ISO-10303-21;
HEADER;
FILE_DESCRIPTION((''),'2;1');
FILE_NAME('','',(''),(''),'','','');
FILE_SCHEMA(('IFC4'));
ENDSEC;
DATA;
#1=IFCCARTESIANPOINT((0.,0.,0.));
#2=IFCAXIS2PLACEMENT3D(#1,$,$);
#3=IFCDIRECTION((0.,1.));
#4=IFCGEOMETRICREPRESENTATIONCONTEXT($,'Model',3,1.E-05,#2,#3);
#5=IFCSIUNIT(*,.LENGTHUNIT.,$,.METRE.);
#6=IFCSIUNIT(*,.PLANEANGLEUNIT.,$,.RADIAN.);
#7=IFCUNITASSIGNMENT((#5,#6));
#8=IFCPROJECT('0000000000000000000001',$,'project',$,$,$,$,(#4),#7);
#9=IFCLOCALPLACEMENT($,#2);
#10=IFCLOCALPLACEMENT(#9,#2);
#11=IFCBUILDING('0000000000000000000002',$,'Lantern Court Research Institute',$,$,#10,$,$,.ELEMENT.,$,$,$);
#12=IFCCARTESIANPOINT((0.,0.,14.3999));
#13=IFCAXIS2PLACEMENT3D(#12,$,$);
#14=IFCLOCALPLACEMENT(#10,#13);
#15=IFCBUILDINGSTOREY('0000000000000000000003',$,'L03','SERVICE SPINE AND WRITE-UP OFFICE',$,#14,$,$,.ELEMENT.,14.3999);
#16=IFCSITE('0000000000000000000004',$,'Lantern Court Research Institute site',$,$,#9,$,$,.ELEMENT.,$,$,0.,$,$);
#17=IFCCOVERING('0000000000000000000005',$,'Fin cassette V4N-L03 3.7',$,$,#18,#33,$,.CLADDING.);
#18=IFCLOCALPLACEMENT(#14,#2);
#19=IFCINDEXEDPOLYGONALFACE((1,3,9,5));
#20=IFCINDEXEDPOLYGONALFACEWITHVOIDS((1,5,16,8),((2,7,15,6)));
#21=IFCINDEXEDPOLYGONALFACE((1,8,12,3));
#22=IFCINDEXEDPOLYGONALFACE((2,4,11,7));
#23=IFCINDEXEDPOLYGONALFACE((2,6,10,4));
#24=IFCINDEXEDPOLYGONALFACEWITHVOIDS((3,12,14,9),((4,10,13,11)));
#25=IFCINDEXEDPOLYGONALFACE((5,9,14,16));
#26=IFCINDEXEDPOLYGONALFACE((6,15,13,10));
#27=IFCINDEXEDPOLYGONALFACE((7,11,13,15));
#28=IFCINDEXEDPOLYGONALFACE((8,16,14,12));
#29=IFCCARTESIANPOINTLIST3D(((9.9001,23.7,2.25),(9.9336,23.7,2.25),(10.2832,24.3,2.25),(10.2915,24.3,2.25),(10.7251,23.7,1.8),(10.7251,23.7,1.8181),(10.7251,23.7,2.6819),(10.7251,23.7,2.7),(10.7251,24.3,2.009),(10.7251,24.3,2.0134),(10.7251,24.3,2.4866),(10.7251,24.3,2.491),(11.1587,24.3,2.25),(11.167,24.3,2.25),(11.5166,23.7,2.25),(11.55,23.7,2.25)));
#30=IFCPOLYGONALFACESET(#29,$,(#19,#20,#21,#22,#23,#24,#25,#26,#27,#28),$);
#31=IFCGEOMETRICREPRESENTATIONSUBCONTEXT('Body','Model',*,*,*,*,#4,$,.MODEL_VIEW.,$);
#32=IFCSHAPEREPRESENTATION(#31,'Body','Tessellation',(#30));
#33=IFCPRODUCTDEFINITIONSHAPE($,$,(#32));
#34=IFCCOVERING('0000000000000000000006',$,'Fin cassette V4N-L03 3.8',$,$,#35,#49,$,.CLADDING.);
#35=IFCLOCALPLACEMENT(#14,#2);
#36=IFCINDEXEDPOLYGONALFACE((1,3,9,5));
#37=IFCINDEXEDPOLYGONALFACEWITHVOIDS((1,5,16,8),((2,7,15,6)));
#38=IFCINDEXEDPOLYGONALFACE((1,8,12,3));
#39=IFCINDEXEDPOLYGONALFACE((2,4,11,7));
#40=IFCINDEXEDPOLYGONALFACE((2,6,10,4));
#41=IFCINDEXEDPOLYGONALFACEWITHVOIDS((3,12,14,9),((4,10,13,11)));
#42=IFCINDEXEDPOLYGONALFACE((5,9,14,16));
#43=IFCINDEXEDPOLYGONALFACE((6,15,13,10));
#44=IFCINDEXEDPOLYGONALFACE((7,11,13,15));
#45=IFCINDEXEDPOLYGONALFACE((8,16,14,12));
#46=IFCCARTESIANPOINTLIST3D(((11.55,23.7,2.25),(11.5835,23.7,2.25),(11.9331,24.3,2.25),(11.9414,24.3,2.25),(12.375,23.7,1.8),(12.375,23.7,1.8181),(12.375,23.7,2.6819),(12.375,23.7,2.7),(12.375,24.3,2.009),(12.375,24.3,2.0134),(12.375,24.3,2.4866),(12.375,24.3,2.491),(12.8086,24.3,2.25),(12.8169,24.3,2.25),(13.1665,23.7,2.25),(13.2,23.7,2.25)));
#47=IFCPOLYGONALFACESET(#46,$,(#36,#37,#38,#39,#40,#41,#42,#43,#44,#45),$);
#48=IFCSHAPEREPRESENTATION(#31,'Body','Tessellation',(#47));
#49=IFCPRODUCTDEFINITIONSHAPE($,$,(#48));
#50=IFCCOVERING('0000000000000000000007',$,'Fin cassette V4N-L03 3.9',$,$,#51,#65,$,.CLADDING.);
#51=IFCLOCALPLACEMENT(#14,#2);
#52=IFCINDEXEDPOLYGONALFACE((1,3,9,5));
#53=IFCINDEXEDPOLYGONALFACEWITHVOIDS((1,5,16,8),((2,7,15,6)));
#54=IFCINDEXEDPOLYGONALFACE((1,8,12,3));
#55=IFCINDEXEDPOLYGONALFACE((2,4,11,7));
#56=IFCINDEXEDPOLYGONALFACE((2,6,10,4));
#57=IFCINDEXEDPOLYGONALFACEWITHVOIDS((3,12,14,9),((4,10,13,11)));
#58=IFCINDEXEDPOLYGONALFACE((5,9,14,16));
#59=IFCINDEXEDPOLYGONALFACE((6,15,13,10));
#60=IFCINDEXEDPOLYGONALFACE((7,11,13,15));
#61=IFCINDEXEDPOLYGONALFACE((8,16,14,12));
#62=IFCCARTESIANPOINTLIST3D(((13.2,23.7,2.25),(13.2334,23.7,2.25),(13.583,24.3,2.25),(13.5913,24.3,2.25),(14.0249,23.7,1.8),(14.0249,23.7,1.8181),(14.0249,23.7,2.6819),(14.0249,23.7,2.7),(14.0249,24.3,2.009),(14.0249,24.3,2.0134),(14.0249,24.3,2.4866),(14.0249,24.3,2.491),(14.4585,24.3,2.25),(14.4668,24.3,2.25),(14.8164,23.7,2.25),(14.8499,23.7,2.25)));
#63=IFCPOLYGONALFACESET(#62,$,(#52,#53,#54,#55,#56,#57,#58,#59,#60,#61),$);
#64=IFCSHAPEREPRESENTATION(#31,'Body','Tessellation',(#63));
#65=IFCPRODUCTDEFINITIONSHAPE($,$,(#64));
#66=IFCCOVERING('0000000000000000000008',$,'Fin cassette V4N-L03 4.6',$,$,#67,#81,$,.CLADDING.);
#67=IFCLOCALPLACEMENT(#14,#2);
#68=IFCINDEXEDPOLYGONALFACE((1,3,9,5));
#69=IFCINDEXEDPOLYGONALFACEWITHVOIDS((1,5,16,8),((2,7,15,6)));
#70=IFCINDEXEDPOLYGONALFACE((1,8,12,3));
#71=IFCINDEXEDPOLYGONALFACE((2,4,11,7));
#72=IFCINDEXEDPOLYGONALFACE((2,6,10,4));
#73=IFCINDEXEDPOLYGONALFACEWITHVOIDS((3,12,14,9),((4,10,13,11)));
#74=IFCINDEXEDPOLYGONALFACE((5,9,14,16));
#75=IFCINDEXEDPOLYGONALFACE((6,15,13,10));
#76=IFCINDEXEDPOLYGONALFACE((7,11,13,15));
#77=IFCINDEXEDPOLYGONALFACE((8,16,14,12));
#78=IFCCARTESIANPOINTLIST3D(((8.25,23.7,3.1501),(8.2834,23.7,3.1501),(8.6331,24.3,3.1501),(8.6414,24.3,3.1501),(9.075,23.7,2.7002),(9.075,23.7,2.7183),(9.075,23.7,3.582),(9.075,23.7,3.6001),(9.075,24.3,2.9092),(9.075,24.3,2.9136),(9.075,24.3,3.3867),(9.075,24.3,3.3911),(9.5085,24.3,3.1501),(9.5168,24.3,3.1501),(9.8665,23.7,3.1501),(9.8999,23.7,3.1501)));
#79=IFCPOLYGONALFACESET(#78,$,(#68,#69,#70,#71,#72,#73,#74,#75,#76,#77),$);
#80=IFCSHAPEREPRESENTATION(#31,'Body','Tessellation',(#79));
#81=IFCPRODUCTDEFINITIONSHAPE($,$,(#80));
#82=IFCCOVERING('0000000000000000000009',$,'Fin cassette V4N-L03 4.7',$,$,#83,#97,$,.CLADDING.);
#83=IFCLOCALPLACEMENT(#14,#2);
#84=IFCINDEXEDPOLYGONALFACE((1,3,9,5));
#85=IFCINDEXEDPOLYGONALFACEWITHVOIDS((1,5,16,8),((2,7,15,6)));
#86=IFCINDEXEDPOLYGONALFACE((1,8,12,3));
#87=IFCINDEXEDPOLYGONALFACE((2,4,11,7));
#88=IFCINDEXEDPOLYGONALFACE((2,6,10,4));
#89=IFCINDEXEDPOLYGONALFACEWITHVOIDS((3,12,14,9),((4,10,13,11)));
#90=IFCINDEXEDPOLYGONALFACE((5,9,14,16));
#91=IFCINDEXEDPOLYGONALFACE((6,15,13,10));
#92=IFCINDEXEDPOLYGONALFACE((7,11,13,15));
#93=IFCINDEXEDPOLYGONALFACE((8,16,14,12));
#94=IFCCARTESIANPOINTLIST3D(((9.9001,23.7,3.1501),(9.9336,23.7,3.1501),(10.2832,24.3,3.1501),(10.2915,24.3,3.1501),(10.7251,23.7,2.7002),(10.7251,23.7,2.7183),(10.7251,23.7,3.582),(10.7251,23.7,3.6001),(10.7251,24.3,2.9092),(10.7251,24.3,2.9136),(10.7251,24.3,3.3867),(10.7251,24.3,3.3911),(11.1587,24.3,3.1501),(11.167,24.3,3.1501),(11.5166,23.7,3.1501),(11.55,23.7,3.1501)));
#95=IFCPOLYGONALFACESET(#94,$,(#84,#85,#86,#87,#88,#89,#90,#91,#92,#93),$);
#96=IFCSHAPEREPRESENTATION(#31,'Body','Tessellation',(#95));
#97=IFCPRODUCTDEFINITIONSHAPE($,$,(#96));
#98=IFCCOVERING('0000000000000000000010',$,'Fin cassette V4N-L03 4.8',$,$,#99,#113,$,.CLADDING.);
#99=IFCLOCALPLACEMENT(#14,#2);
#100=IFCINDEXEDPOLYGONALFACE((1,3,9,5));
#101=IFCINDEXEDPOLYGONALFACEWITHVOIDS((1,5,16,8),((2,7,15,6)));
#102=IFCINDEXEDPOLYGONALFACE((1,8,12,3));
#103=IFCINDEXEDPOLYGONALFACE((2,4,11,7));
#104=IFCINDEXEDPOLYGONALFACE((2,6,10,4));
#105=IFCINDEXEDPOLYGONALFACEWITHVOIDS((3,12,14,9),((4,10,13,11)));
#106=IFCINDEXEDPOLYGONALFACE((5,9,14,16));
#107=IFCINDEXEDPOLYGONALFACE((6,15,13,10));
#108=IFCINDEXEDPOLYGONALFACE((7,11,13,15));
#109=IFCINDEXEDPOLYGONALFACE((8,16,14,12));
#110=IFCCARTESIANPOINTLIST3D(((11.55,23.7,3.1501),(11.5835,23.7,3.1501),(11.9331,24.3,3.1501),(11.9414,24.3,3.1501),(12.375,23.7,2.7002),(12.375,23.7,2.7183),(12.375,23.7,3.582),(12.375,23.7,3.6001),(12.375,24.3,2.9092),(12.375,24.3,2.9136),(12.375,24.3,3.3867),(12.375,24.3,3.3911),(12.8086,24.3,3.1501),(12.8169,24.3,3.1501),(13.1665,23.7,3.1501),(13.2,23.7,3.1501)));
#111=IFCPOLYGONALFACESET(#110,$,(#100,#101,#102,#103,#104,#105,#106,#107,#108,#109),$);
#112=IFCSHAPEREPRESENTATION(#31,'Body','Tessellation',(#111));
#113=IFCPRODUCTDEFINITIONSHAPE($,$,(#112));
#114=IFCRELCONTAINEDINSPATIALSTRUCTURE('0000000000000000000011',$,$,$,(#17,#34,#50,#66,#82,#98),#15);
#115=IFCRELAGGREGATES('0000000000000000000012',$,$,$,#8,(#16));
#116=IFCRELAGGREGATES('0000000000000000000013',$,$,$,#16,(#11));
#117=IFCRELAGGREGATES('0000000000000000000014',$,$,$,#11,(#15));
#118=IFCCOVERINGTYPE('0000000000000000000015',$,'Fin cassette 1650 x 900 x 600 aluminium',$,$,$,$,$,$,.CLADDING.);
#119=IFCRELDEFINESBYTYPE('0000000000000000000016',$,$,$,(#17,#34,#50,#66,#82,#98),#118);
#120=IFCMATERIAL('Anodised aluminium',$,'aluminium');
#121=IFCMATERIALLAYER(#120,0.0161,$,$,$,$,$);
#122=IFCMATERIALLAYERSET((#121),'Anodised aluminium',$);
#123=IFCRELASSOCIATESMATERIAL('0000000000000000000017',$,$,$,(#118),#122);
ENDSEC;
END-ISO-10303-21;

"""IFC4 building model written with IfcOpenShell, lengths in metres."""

from ifc_helpers import new_model, entity, si_unit, direction, frame, origin, place, context, subcontext, project, spatial, material, layer, layer_set, type_object, element, save


model = new_model("IFC4")

# Units and contexts
model_context = context("Model", 3, precision=1e-05, world=origin(), true_north=direction((0.0, 1.0)))
body_context = subcontext(model_context, "Body", "Model", "MODEL_VIEW")
ifc_project = project(units=[si_unit("LENGTHUNIT", "METRE"), si_unit("PLANEANGLEUNIT", "RADIAN")], contexts=[model_context])

# Site, building, storey
site_placement = place(None, origin())
site = spatial("IfcSite", under=ifc_project, at=site_placement, Name="Lantern Court Research Institute site", CompositionType="ELEMENT", RefElevation=0.0)
building_placement = place(site_placement, origin())
building = spatial("IfcBuilding", under=site, at=building_placement, Name="Lantern Court Research Institute", CompositionType="ELEMENT")
storey_placement = place(building_placement, frame((0.0, 0.0, 14.3999)))
storey = spatial("IfcBuildingStorey", under=building, at=storey_placement, Name="L03", Description="SERVICE SPINE AND WRITE-UP OFFICE", CompositionType="ELEMENT", Elevation=14.3999)

# Coverings
ifc_material_1 = material(Name="Anodised aluminium", Category="aluminium")
ifc_layer_1 = layer(ifc_material_1, 0.0161)
ifc_layer_set_1 = layer_set([ifc_layer_1], Name="Anodised aluminium")
covering_type = type_object("IfcCoveringType", Name="Fin cassette 1650 x 900 x 600 aluminium", PredefinedType="CLADDING", material=ifc_layer_set_1)
covering_1_placement = place(storey_placement, frame((10.7251, 23.7, 2.25), z_axis=(0.0, 1.0, 0.0), x_axis=(-1.0, 0.0, 0.0)))
cartesian_point_1 = entity("IfcCartesianPoint", [0.825, 0.0])
cartesian_point_2 = entity("IfcCartesianPoint", [0.7915, 0.0])
cartesian_point_3 = entity("IfcCartesianPoint", [0.4419, 0.0])
cartesian_point_4 = entity("IfcCartesianPoint", [0.4336, 0.0])
element("IfcCovering", 1, at=covering_1_placement, inside=storey, type_object=covering_type, Name="Fin cassette V4N-L03 3.7", PredefinedType="CLADDING", context=body_context, shape_type="SweptSolid", body=[
    entity("IfcExtrudedAreaSolidTapered", entity("IfcArbitraryProfileDefWithVoids", "AREA", None, entity("IfcPolyline", [cartesian_point_1, entity("IfcCartesianPoint", [0.0, 0.45]), entity("IfcCartesianPoint", [-0.825, 0.0]), entity("IfcCartesianPoint", [0.0, -0.45]), cartesian_point_1]), [entity("IfcPolyline", [cartesian_point_2, entity("IfcCartesianPoint", [0.0, 0.4319]), entity("IfcCartesianPoint", [-0.7915, 0.0]), entity("IfcCartesianPoint", [0.0, -0.4319]), cartesian_point_2])]), entity("IfcAxis2Placement3D", entity("IfcCartesianPoint", [0.0, 0.0, 0.0])), entity("IfcDirection", [0.0, 0.0, 1.0]), 0.6001, entity("IfcArbitraryProfileDefWithVoids", "AREA", None, entity("IfcPolyline", [cartesian_point_3, entity("IfcCartesianPoint", [0.0, 0.241]), entity("IfcCartesianPoint", [-0.4419, 0.0]), entity("IfcCartesianPoint", [0.0, -0.241]), cartesian_point_3]), [entity("IfcPolyline", [cartesian_point_4, entity("IfcCartesianPoint", [0.0, 0.2366]), entity("IfcCartesianPoint", [-0.4336, 0.0]), entity("IfcCartesianPoint", [0.0, -0.2366]), cartesian_point_4])])),
])
covering_2_placement = place(storey_placement, frame((12.375, 23.7, 2.25), z_axis=(0.0, 1.0, 0.0), x_axis=(-1.0, 0.0, 0.0)))
cartesian_point_5 = entity("IfcCartesianPoint", [0.825, 0.0])
cartesian_point_6 = entity("IfcCartesianPoint", [0.7915, 0.0])
cartesian_point_7 = entity("IfcCartesianPoint", [0.4419, 0.0])
cartesian_point_8 = entity("IfcCartesianPoint", [0.4336, 0.0])
element("IfcCovering", 2, at=covering_2_placement, inside=storey, type_object=covering_type, Name="Fin cassette V4N-L03 3.8", PredefinedType="CLADDING", context=body_context, shape_type="SweptSolid", body=[
    entity("IfcExtrudedAreaSolidTapered", entity("IfcArbitraryProfileDefWithVoids", "AREA", None, entity("IfcPolyline", [cartesian_point_5, entity("IfcCartesianPoint", [0.0, 0.45]), entity("IfcCartesianPoint", [-0.825, 0.0]), entity("IfcCartesianPoint", [0.0, -0.45]), cartesian_point_5]), [entity("IfcPolyline", [cartesian_point_6, entity("IfcCartesianPoint", [0.0, 0.4319]), entity("IfcCartesianPoint", [-0.7915, 0.0]), entity("IfcCartesianPoint", [0.0, -0.4319]), cartesian_point_6])]), entity("IfcAxis2Placement3D", entity("IfcCartesianPoint", [0.0, 0.0, 0.0])), entity("IfcDirection", [0.0, 0.0, 1.0]), 0.6001, entity("IfcArbitraryProfileDefWithVoids", "AREA", None, entity("IfcPolyline", [cartesian_point_7, entity("IfcCartesianPoint", [0.0, 0.241]), entity("IfcCartesianPoint", [-0.4419, 0.0]), entity("IfcCartesianPoint", [0.0, -0.241]), cartesian_point_7]), [entity("IfcPolyline", [cartesian_point_8, entity("IfcCartesianPoint", [0.0, 0.2366]), entity("IfcCartesianPoint", [-0.4336, 0.0]), entity("IfcCartesianPoint", [0.0, -0.2366]), cartesian_point_8])])),
])
covering_3_placement = place(storey_placement, frame((14.0249, 23.7, 2.25), z_axis=(0.0, 1.0, 0.0), x_axis=(-1.0, 0.0, 0.0)))
cartesian_point_9 = entity("IfcCartesianPoint", [0.825, 0.0])
cartesian_point_10 = entity("IfcCartesianPoint", [0.7915, 0.0])
cartesian_point_11 = entity("IfcCartesianPoint", [0.4419, 0.0])
cartesian_point_12 = entity("IfcCartesianPoint", [0.4336, 0.0])
element("IfcCovering", 3, at=covering_3_placement, inside=storey, type_object=covering_type, Name="Fin cassette V4N-L03 3.9", PredefinedType="CLADDING", context=body_context, shape_type="SweptSolid", body=[
    entity("IfcExtrudedAreaSolidTapered", entity("IfcArbitraryProfileDefWithVoids", "AREA", None, entity("IfcPolyline", [cartesian_point_9, entity("IfcCartesianPoint", [0.0, 0.45]), entity("IfcCartesianPoint", [-0.825, 0.0]), entity("IfcCartesianPoint", [0.0, -0.45]), cartesian_point_9]), [entity("IfcPolyline", [cartesian_point_10, entity("IfcCartesianPoint", [0.0, 0.4319]), entity("IfcCartesianPoint", [-0.7915, 0.0]), entity("IfcCartesianPoint", [0.0, -0.4319]), cartesian_point_10])]), entity("IfcAxis2Placement3D", entity("IfcCartesianPoint", [0.0, 0.0, 0.0])), entity("IfcDirection", [0.0, 0.0, 1.0]), 0.6001, entity("IfcArbitraryProfileDefWithVoids", "AREA", None, entity("IfcPolyline", [cartesian_point_11, entity("IfcCartesianPoint", [0.0, 0.241]), entity("IfcCartesianPoint", [-0.4419, 0.0]), entity("IfcCartesianPoint", [0.0, -0.241]), cartesian_point_11]), [entity("IfcPolyline", [cartesian_point_12, entity("IfcCartesianPoint", [0.0, 0.2366]), entity("IfcCartesianPoint", [-0.4336, 0.0]), entity("IfcCartesianPoint", [0.0, -0.2366]), cartesian_point_12])])),
])
covering_4_placement = place(storey_placement, frame((9.075, 23.7, 3.1501), z_axis=(0.0, 1.0, 0.0), x_axis=(-1.0, 0.0, 0.0)))
cartesian_point_13 = entity("IfcCartesianPoint", [0.825, 0.0])
cartesian_point_14 = entity("IfcCartesianPoint", [0.7915, 0.0])
cartesian_point_15 = entity("IfcCartesianPoint", [0.4419, 0.0])
cartesian_point_16 = entity("IfcCartesianPoint", [0.4336, 0.0])
element("IfcCovering", 4, at=covering_4_placement, inside=storey, type_object=covering_type, Name="Fin cassette V4N-L03 4.6", PredefinedType="CLADDING", context=body_context, shape_type="SweptSolid", body=[
    entity("IfcExtrudedAreaSolidTapered", entity("IfcArbitraryProfileDefWithVoids", "AREA", None, entity("IfcPolyline", [cartesian_point_13, entity("IfcCartesianPoint", [0.0, 0.45]), entity("IfcCartesianPoint", [-0.825, 0.0]), entity("IfcCartesianPoint", [0.0, -0.45]), cartesian_point_13]), [entity("IfcPolyline", [cartesian_point_14, entity("IfcCartesianPoint", [0.0, 0.4319]), entity("IfcCartesianPoint", [-0.7915, 0.0]), entity("IfcCartesianPoint", [0.0, -0.4319]), cartesian_point_14])]), entity("IfcAxis2Placement3D", entity("IfcCartesianPoint", [0.0, 0.0, 0.0])), entity("IfcDirection", [0.0, 0.0, 1.0]), 0.6001, entity("IfcArbitraryProfileDefWithVoids", "AREA", None, entity("IfcPolyline", [cartesian_point_15, entity("IfcCartesianPoint", [0.0, 0.241]), entity("IfcCartesianPoint", [-0.4419, 0.0]), entity("IfcCartesianPoint", [0.0, -0.241]), cartesian_point_15]), [entity("IfcPolyline", [cartesian_point_16, entity("IfcCartesianPoint", [0.0, 0.2366]), entity("IfcCartesianPoint", [-0.4336, 0.0]), entity("IfcCartesianPoint", [0.0, -0.2366]), cartesian_point_16])])),
])
covering_5_placement = place(storey_placement, frame((10.7251, 23.7, 3.1501), z_axis=(0.0, 1.0, 0.0), x_axis=(-1.0, 0.0, 0.0)))
cartesian_point_17 = entity("IfcCartesianPoint", [0.825, 0.0])
cartesian_point_18 = entity("IfcCartesianPoint", [0.7915, 0.0])
cartesian_point_19 = entity("IfcCartesianPoint", [0.4419, 0.0])
cartesian_point_20 = entity("IfcCartesianPoint", [0.4336, 0.0])
element("IfcCovering", 5, at=covering_5_placement, inside=storey, type_object=covering_type, Name="Fin cassette V4N-L03 4.7", PredefinedType="CLADDING", context=body_context, shape_type="SweptSolid", body=[
    entity("IfcExtrudedAreaSolidTapered", entity("IfcArbitraryProfileDefWithVoids", "AREA", None, entity("IfcPolyline", [cartesian_point_17, entity("IfcCartesianPoint", [0.0, 0.45]), entity("IfcCartesianPoint", [-0.825, 0.0]), entity("IfcCartesianPoint", [0.0, -0.45]), cartesian_point_17]), [entity("IfcPolyline", [cartesian_point_18, entity("IfcCartesianPoint", [0.0, 0.4319]), entity("IfcCartesianPoint", [-0.7915, 0.0]), entity("IfcCartesianPoint", [0.0, -0.4319]), cartesian_point_18])]), entity("IfcAxis2Placement3D", entity("IfcCartesianPoint", [0.0, 0.0, 0.0])), entity("IfcDirection", [0.0, 0.0, 1.0]), 0.6001, entity("IfcArbitraryProfileDefWithVoids", "AREA", None, entity("IfcPolyline", [cartesian_point_19, entity("IfcCartesianPoint", [0.0, 0.241]), entity("IfcCartesianPoint", [-0.4419, 0.0]), entity("IfcCartesianPoint", [0.0, -0.241]), cartesian_point_19]), [entity("IfcPolyline", [cartesian_point_20, entity("IfcCartesianPoint", [0.0, 0.2366]), entity("IfcCartesianPoint", [-0.4336, 0.0]), entity("IfcCartesianPoint", [0.0, -0.2366]), cartesian_point_20])])),
])
covering_6_placement = place(storey_placement, frame((12.375, 23.7, 3.1501), z_axis=(0.0, 1.0, 0.0), x_axis=(-1.0, 0.0, 0.0)))
cartesian_point_21 = entity("IfcCartesianPoint", [0.825, 0.0])
cartesian_point_22 = entity("IfcCartesianPoint", [0.7915, 0.0])
cartesian_point_23 = entity("IfcCartesianPoint", [0.4419, 0.0])
cartesian_point_24 = entity("IfcCartesianPoint", [0.4336, 0.0])
element("IfcCovering", 6, at=covering_6_placement, inside=storey, type_object=covering_type, Name="Fin cassette V4N-L03 4.8", PredefinedType="CLADDING", context=body_context, shape_type="SweptSolid", body=[
    entity("IfcExtrudedAreaSolidTapered", entity("IfcArbitraryProfileDefWithVoids", "AREA", None, entity("IfcPolyline", [cartesian_point_21, entity("IfcCartesianPoint", [0.0, 0.45]), entity("IfcCartesianPoint", [-0.825, 0.0]), entity("IfcCartesianPoint", [0.0, -0.45]), cartesian_point_21]), [entity("IfcPolyline", [cartesian_point_22, entity("IfcCartesianPoint", [0.0, 0.4319]), entity("IfcCartesianPoint", [-0.7915, 0.0]), entity("IfcCartesianPoint", [0.0, -0.4319]), cartesian_point_22])]), entity("IfcAxis2Placement3D", entity("IfcCartesianPoint", [0.0, 0.0, 0.0])), entity("IfcDirection", [0.0, 0.0, 1.0]), 0.6001, entity("IfcArbitraryProfileDefWithVoids", "AREA", None, entity("IfcPolyline", [cartesian_point_23, entity("IfcCartesianPoint", [0.0, 0.241]), entity("IfcCartesianPoint", [-0.4419, 0.0]), entity("IfcCartesianPoint", [0.0, -0.241]), cartesian_point_23]), [entity("IfcPolyline", [cartesian_point_24, entity("IfcCartesianPoint", [0.0, 0.2366]), entity("IfcCartesianPoint", [-0.4336, 0.0]), entity("IfcCartesianPoint", [0.0, -0.2366]), cartesian_point_24])])),
])

save(model, "model.ifc")
